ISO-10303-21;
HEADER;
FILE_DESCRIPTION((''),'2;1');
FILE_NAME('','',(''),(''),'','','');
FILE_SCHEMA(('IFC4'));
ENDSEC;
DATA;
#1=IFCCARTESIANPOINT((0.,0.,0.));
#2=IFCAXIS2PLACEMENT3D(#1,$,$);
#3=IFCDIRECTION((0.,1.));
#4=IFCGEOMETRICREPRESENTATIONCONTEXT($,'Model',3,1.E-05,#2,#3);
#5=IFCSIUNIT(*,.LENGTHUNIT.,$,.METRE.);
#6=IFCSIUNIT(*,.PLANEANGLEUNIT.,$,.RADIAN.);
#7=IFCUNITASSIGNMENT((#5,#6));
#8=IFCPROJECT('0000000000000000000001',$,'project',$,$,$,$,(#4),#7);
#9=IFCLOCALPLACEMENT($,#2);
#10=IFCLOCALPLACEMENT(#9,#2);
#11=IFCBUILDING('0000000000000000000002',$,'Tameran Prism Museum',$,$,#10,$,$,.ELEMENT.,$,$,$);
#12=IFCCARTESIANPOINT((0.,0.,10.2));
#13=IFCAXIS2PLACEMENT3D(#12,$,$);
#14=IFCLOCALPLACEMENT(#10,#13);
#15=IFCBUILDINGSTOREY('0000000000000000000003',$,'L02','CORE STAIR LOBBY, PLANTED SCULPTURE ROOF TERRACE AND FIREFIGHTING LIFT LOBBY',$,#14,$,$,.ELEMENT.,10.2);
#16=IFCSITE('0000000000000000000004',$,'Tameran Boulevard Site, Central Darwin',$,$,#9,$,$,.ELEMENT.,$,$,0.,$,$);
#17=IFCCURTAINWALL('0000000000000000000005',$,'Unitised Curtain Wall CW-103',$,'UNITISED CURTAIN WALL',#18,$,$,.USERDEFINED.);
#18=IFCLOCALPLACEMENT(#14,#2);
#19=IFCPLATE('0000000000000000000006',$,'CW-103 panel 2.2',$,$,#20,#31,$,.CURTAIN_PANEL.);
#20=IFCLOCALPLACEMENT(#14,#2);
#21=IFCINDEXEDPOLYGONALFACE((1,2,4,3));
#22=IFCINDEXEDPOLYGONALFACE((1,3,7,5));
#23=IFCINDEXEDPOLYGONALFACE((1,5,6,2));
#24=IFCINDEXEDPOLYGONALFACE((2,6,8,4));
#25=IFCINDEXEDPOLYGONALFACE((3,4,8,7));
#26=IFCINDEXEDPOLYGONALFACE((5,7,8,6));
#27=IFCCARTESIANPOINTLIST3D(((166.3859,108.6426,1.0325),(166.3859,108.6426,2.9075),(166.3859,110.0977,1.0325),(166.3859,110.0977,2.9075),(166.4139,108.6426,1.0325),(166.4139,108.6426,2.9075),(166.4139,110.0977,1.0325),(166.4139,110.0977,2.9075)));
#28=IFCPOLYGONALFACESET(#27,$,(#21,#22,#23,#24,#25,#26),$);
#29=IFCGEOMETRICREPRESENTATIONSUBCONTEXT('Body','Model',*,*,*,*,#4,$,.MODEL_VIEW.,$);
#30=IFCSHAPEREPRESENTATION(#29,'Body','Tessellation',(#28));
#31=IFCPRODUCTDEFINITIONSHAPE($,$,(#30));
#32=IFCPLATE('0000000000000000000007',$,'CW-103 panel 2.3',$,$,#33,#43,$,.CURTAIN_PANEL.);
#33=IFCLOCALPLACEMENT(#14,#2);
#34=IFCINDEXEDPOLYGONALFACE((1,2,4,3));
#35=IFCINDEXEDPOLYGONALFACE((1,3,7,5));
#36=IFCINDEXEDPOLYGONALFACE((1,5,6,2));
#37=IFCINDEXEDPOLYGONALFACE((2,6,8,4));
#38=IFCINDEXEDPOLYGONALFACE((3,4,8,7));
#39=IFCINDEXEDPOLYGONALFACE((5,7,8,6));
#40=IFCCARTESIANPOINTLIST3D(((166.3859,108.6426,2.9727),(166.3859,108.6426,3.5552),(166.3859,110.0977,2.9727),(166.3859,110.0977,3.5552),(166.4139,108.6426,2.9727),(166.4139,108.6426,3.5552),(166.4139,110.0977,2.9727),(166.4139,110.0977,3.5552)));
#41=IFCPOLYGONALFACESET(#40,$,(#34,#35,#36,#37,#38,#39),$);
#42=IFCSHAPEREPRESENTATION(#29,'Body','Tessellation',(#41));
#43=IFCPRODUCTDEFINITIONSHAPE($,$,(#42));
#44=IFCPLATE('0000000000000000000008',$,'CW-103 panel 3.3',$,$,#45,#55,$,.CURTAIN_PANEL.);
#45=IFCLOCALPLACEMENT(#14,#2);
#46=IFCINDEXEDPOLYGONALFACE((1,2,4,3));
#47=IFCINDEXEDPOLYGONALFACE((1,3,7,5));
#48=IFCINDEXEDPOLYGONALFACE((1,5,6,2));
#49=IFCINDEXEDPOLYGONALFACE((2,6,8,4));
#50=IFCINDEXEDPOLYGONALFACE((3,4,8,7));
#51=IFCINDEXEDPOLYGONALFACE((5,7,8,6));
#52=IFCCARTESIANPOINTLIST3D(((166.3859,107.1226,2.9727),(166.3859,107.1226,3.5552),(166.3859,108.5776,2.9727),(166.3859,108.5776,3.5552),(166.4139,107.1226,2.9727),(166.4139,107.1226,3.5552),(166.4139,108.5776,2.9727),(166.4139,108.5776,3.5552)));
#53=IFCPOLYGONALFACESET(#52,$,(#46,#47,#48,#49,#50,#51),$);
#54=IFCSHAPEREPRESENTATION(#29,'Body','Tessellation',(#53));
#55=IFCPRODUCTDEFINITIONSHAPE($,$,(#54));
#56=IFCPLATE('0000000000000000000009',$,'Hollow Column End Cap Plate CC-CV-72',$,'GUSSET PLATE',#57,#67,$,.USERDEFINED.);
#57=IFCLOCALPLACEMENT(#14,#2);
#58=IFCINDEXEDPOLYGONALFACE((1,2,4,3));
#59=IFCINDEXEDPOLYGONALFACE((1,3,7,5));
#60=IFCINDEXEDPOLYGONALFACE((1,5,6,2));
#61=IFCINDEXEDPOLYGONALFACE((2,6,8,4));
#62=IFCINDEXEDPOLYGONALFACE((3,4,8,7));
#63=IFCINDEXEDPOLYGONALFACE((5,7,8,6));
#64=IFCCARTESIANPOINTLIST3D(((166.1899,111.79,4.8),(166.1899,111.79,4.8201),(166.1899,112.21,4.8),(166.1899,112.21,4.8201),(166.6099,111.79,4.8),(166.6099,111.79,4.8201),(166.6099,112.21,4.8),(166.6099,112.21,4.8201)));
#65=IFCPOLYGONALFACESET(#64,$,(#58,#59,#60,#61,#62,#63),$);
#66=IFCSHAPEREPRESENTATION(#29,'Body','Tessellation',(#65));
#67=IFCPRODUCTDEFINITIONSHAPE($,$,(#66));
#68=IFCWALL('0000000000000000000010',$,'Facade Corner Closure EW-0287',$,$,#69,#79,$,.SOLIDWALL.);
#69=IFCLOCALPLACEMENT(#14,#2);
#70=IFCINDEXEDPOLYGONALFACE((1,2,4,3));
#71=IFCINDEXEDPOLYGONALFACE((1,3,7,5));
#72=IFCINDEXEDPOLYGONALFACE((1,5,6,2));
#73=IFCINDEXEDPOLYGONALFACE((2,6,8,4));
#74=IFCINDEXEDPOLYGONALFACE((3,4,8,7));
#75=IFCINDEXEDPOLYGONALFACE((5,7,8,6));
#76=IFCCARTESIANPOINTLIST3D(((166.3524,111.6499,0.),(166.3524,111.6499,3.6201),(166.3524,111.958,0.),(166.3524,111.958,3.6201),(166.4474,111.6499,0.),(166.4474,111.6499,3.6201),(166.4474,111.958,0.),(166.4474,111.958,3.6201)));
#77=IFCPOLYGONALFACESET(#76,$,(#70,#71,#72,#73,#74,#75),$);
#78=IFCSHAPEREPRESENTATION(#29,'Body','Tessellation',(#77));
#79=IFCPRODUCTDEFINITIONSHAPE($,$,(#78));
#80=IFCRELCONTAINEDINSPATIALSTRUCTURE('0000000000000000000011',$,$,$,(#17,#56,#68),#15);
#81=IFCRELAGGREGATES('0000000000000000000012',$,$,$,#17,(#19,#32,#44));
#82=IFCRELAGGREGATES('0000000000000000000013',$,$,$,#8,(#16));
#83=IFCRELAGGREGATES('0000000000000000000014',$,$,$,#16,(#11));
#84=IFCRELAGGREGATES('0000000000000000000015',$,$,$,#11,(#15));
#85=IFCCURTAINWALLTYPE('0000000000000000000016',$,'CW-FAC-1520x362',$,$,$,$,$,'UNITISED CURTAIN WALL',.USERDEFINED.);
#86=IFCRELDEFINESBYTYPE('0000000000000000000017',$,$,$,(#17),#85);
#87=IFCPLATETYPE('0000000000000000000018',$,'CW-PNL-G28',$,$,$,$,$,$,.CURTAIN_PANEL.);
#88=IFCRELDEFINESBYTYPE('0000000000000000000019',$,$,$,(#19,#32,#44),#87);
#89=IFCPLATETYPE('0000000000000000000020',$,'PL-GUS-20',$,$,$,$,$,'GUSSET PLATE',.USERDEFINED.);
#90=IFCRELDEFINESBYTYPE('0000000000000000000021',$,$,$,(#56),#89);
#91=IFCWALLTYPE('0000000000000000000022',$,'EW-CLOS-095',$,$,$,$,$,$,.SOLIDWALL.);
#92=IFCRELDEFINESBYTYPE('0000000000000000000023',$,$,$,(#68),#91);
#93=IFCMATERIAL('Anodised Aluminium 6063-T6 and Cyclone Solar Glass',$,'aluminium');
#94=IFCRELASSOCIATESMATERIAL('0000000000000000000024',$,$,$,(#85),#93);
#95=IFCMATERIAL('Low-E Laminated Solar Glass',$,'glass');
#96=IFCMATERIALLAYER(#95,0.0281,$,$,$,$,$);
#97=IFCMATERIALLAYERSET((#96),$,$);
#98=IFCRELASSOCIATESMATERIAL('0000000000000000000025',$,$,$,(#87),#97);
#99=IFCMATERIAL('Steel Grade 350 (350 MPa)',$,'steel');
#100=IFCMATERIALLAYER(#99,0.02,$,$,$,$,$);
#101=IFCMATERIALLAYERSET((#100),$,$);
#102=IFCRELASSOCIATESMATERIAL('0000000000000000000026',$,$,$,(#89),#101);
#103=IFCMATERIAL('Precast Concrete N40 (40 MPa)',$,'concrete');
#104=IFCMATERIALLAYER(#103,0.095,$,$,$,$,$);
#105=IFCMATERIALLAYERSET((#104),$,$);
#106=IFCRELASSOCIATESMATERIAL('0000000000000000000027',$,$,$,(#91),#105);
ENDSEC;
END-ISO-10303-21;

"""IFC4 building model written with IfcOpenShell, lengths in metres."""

from ifc_helpers import new_model, si_unit, direction, frame, frame_2d, origin, origin_2d, place, context, subcontext, project, spatial, rectangle, extrude, material, layer, layer_set, type_object, element, aggregate, save


model = new_model("IFC4")

# Units and contexts
model_context = context("Model", 3, precision=1e-05, world=origin(), true_north=direction((0.0, 1.0)))
body_context = subcontext(model_context, "Body", "Model", "MODEL_VIEW")
ifc_project = project(units=[si_unit("LENGTHUNIT", "METRE"), si_unit("PLANEANGLEUNIT", "RADIAN")], contexts=[model_context])

# Site, building, storey
site_placement = place(None, origin())
site = spatial("IfcSite", under=ifc_project, at=site_placement, Name="Tameran Boulevard Site, Central Darwin", CompositionType="ELEMENT", RefElevation=0.0)
building_placement = place(site_placement, origin())
building = spatial("IfcBuilding", under=site, at=building_placement, Name="Tameran Prism Museum", CompositionType="ELEMENT")
storey_placement = place(building_placement, frame((0.0, 0.0, 10.2)))
storey = spatial("IfcBuildingStorey", under=building, at=storey_placement, Name="L02", Description="CORE STAIR LOBBY, PLANTED SCULPTURE ROOF TERRACE AND FIREFIGHTING LIFT LOBBY", CompositionType="ELEMENT", Elevation=10.2)

# Curtain wall, plates
ifc_material_1 = material(Name="Anodised Aluminium 6063-T6 and Cyclone Solar Glass", Category="aluminium")
curtain_wall_type = type_object("IfcCurtainWallType", Name="CW-FAC-1520x362", ElementType="UNITISED CURTAIN WALL", PredefinedType="USERDEFINED", material=ifc_material_1)
curtain_wall_placement = place(storey_placement, origin())
curtain_wall = element("IfcCurtainWall", 1, at=curtain_wall_placement, inside=storey, type_object=curtain_wall_type, Name="Unitised Curtain Wall CW-103", ObjectType="UNITISED CURTAIN WALL", PredefinedType="USERDEFINED")
ifc_material_2 = material(Name="Low-E Laminated Solar Glass", Category="glass")
ifc_layer_1 = layer(ifc_material_2, 0.0281)
ifc_layer_set_1 = layer_set([ifc_layer_1])
plate_type_1 = type_object("IfcPlateType", Name="CW-PNL-G28", PredefinedType="CURTAIN_PANEL", material=ifc_layer_set_1)
plate_1_placement = place(storey_placement, frame((166.3999, 109.3701, 1.0325), z_axis=(0.0, 0.0, 1.0), x_axis=(0.0, -1.0, 0.0)))
plate_1 = element("IfcPlate", 2, at=plate_1_placement, type_object=plate_type_1, Name="CW-103 panel 2.2", PredefinedType="CURTAIN_PANEL", context=body_context, shape_type="SweptSolid", body=[
    extrude(rectangle(XDim=1.4551, YDim=0.0281, at=origin_2d()), origin(), (0.0, 0.0, 1.0), 1.875),
])
plate_2_placement = place(storey_placement, frame((166.3999, 109.3701, 2.9727), z_axis=(0.0, 0.0, 1.0), x_axis=(0.0, -1.0, 0.0)))
plate_2 = element("IfcPlate", 3, at=plate_2_placement, type_object=plate_type_1, Name="CW-103 panel 2.3", PredefinedType="CURTAIN_PANEL", context=body_context, shape_type="SweptSolid", body=[
    extrude(rectangle(XDim=1.4551, YDim=0.0281, at=origin_2d()), origin(), (0.0, 0.0, 1.0), 0.5825),
])
plate_3_placement = place(storey_placement, frame((166.3999, 107.8501, 2.9727), z_axis=(0.0, 0.0, 1.0), x_axis=(0.0, -1.0, 0.0)))
plate_3 = element("IfcPlate", 4, at=plate_3_placement, type_object=plate_type_1, Name="CW-103 panel 3.3", PredefinedType="CURTAIN_PANEL", context=body_context, shape_type="SweptSolid", body=[
    extrude(rectangle(XDim=1.4551, YDim=0.0281, at=origin_2d()), origin(), (0.0, 0.0, 1.0), 0.5825),
])
aggregate(curtain_wall, [plate_1, plate_2, plate_3])

# Plate
ifc_material_3 = material(Name="Steel Grade 350 (350 MPa)", Category="steel")
ifc_layer_2 = layer(ifc_material_3, 0.02)
ifc_layer_set_2 = layer_set([ifc_layer_2])
plate_type_2 = type_object("IfcPlateType", Name="PL-GUS-20", ElementType="GUSSET PLATE", PredefinedType="USERDEFINED", material=ifc_layer_set_2)
plate_4_placement = place(storey_placement, frame((166.3999, 112.0, 4.8), z_axis=(0.0, 0.0, 1.0), x_axis=(1.0, 0.0, 0.0)))
element("IfcPlate", 5, at=plate_4_placement, inside=storey, type_object=plate_type_2, Name="Hollow Column End Cap Plate CC-CV-72", ObjectType="GUSSET PLATE", PredefinedType="USERDEFINED", context=body_context, shape_type="SweptSolid", body=[
    extrude(rectangle(XDim=0.4199, YDim=0.4199, at=origin_2d()), origin(), (0.0, 0.0, 1.0), 0.02),
])

# Wall
ifc_material_4 = material(Name="Precast Concrete N40 (40 MPa)", Category="concrete")
ifc_layer_3 = layer(ifc_material_4, 0.095)
ifc_layer_set_3 = layer_set([ifc_layer_3])
wall_type = type_object("IfcWallType", Name="EW-CLOS-095", PredefinedType="SOLIDWALL", material=ifc_layer_set_3)
wall_placement = place(storey_placement, frame((166.3999, 111.958, 0.0), z_axis=(0.0, 0.0, 1.0), x_axis=(0.0, -1.0, 0.0)))
element("IfcWall", 6, at=wall_placement, inside=storey, type_object=wall_type, Name="Facade Corner Closure EW-0287", PredefinedType="SOLIDWALL", context=body_context, shape_type="SweptSolid", body=[
    extrude(rectangle(XDim=0.3081, YDim=0.095, at=frame_2d((0.1541, 0.0))), origin(), (0.0, 0.0, 1.0), 3.6201),
])

save(model, "model.ifc")
